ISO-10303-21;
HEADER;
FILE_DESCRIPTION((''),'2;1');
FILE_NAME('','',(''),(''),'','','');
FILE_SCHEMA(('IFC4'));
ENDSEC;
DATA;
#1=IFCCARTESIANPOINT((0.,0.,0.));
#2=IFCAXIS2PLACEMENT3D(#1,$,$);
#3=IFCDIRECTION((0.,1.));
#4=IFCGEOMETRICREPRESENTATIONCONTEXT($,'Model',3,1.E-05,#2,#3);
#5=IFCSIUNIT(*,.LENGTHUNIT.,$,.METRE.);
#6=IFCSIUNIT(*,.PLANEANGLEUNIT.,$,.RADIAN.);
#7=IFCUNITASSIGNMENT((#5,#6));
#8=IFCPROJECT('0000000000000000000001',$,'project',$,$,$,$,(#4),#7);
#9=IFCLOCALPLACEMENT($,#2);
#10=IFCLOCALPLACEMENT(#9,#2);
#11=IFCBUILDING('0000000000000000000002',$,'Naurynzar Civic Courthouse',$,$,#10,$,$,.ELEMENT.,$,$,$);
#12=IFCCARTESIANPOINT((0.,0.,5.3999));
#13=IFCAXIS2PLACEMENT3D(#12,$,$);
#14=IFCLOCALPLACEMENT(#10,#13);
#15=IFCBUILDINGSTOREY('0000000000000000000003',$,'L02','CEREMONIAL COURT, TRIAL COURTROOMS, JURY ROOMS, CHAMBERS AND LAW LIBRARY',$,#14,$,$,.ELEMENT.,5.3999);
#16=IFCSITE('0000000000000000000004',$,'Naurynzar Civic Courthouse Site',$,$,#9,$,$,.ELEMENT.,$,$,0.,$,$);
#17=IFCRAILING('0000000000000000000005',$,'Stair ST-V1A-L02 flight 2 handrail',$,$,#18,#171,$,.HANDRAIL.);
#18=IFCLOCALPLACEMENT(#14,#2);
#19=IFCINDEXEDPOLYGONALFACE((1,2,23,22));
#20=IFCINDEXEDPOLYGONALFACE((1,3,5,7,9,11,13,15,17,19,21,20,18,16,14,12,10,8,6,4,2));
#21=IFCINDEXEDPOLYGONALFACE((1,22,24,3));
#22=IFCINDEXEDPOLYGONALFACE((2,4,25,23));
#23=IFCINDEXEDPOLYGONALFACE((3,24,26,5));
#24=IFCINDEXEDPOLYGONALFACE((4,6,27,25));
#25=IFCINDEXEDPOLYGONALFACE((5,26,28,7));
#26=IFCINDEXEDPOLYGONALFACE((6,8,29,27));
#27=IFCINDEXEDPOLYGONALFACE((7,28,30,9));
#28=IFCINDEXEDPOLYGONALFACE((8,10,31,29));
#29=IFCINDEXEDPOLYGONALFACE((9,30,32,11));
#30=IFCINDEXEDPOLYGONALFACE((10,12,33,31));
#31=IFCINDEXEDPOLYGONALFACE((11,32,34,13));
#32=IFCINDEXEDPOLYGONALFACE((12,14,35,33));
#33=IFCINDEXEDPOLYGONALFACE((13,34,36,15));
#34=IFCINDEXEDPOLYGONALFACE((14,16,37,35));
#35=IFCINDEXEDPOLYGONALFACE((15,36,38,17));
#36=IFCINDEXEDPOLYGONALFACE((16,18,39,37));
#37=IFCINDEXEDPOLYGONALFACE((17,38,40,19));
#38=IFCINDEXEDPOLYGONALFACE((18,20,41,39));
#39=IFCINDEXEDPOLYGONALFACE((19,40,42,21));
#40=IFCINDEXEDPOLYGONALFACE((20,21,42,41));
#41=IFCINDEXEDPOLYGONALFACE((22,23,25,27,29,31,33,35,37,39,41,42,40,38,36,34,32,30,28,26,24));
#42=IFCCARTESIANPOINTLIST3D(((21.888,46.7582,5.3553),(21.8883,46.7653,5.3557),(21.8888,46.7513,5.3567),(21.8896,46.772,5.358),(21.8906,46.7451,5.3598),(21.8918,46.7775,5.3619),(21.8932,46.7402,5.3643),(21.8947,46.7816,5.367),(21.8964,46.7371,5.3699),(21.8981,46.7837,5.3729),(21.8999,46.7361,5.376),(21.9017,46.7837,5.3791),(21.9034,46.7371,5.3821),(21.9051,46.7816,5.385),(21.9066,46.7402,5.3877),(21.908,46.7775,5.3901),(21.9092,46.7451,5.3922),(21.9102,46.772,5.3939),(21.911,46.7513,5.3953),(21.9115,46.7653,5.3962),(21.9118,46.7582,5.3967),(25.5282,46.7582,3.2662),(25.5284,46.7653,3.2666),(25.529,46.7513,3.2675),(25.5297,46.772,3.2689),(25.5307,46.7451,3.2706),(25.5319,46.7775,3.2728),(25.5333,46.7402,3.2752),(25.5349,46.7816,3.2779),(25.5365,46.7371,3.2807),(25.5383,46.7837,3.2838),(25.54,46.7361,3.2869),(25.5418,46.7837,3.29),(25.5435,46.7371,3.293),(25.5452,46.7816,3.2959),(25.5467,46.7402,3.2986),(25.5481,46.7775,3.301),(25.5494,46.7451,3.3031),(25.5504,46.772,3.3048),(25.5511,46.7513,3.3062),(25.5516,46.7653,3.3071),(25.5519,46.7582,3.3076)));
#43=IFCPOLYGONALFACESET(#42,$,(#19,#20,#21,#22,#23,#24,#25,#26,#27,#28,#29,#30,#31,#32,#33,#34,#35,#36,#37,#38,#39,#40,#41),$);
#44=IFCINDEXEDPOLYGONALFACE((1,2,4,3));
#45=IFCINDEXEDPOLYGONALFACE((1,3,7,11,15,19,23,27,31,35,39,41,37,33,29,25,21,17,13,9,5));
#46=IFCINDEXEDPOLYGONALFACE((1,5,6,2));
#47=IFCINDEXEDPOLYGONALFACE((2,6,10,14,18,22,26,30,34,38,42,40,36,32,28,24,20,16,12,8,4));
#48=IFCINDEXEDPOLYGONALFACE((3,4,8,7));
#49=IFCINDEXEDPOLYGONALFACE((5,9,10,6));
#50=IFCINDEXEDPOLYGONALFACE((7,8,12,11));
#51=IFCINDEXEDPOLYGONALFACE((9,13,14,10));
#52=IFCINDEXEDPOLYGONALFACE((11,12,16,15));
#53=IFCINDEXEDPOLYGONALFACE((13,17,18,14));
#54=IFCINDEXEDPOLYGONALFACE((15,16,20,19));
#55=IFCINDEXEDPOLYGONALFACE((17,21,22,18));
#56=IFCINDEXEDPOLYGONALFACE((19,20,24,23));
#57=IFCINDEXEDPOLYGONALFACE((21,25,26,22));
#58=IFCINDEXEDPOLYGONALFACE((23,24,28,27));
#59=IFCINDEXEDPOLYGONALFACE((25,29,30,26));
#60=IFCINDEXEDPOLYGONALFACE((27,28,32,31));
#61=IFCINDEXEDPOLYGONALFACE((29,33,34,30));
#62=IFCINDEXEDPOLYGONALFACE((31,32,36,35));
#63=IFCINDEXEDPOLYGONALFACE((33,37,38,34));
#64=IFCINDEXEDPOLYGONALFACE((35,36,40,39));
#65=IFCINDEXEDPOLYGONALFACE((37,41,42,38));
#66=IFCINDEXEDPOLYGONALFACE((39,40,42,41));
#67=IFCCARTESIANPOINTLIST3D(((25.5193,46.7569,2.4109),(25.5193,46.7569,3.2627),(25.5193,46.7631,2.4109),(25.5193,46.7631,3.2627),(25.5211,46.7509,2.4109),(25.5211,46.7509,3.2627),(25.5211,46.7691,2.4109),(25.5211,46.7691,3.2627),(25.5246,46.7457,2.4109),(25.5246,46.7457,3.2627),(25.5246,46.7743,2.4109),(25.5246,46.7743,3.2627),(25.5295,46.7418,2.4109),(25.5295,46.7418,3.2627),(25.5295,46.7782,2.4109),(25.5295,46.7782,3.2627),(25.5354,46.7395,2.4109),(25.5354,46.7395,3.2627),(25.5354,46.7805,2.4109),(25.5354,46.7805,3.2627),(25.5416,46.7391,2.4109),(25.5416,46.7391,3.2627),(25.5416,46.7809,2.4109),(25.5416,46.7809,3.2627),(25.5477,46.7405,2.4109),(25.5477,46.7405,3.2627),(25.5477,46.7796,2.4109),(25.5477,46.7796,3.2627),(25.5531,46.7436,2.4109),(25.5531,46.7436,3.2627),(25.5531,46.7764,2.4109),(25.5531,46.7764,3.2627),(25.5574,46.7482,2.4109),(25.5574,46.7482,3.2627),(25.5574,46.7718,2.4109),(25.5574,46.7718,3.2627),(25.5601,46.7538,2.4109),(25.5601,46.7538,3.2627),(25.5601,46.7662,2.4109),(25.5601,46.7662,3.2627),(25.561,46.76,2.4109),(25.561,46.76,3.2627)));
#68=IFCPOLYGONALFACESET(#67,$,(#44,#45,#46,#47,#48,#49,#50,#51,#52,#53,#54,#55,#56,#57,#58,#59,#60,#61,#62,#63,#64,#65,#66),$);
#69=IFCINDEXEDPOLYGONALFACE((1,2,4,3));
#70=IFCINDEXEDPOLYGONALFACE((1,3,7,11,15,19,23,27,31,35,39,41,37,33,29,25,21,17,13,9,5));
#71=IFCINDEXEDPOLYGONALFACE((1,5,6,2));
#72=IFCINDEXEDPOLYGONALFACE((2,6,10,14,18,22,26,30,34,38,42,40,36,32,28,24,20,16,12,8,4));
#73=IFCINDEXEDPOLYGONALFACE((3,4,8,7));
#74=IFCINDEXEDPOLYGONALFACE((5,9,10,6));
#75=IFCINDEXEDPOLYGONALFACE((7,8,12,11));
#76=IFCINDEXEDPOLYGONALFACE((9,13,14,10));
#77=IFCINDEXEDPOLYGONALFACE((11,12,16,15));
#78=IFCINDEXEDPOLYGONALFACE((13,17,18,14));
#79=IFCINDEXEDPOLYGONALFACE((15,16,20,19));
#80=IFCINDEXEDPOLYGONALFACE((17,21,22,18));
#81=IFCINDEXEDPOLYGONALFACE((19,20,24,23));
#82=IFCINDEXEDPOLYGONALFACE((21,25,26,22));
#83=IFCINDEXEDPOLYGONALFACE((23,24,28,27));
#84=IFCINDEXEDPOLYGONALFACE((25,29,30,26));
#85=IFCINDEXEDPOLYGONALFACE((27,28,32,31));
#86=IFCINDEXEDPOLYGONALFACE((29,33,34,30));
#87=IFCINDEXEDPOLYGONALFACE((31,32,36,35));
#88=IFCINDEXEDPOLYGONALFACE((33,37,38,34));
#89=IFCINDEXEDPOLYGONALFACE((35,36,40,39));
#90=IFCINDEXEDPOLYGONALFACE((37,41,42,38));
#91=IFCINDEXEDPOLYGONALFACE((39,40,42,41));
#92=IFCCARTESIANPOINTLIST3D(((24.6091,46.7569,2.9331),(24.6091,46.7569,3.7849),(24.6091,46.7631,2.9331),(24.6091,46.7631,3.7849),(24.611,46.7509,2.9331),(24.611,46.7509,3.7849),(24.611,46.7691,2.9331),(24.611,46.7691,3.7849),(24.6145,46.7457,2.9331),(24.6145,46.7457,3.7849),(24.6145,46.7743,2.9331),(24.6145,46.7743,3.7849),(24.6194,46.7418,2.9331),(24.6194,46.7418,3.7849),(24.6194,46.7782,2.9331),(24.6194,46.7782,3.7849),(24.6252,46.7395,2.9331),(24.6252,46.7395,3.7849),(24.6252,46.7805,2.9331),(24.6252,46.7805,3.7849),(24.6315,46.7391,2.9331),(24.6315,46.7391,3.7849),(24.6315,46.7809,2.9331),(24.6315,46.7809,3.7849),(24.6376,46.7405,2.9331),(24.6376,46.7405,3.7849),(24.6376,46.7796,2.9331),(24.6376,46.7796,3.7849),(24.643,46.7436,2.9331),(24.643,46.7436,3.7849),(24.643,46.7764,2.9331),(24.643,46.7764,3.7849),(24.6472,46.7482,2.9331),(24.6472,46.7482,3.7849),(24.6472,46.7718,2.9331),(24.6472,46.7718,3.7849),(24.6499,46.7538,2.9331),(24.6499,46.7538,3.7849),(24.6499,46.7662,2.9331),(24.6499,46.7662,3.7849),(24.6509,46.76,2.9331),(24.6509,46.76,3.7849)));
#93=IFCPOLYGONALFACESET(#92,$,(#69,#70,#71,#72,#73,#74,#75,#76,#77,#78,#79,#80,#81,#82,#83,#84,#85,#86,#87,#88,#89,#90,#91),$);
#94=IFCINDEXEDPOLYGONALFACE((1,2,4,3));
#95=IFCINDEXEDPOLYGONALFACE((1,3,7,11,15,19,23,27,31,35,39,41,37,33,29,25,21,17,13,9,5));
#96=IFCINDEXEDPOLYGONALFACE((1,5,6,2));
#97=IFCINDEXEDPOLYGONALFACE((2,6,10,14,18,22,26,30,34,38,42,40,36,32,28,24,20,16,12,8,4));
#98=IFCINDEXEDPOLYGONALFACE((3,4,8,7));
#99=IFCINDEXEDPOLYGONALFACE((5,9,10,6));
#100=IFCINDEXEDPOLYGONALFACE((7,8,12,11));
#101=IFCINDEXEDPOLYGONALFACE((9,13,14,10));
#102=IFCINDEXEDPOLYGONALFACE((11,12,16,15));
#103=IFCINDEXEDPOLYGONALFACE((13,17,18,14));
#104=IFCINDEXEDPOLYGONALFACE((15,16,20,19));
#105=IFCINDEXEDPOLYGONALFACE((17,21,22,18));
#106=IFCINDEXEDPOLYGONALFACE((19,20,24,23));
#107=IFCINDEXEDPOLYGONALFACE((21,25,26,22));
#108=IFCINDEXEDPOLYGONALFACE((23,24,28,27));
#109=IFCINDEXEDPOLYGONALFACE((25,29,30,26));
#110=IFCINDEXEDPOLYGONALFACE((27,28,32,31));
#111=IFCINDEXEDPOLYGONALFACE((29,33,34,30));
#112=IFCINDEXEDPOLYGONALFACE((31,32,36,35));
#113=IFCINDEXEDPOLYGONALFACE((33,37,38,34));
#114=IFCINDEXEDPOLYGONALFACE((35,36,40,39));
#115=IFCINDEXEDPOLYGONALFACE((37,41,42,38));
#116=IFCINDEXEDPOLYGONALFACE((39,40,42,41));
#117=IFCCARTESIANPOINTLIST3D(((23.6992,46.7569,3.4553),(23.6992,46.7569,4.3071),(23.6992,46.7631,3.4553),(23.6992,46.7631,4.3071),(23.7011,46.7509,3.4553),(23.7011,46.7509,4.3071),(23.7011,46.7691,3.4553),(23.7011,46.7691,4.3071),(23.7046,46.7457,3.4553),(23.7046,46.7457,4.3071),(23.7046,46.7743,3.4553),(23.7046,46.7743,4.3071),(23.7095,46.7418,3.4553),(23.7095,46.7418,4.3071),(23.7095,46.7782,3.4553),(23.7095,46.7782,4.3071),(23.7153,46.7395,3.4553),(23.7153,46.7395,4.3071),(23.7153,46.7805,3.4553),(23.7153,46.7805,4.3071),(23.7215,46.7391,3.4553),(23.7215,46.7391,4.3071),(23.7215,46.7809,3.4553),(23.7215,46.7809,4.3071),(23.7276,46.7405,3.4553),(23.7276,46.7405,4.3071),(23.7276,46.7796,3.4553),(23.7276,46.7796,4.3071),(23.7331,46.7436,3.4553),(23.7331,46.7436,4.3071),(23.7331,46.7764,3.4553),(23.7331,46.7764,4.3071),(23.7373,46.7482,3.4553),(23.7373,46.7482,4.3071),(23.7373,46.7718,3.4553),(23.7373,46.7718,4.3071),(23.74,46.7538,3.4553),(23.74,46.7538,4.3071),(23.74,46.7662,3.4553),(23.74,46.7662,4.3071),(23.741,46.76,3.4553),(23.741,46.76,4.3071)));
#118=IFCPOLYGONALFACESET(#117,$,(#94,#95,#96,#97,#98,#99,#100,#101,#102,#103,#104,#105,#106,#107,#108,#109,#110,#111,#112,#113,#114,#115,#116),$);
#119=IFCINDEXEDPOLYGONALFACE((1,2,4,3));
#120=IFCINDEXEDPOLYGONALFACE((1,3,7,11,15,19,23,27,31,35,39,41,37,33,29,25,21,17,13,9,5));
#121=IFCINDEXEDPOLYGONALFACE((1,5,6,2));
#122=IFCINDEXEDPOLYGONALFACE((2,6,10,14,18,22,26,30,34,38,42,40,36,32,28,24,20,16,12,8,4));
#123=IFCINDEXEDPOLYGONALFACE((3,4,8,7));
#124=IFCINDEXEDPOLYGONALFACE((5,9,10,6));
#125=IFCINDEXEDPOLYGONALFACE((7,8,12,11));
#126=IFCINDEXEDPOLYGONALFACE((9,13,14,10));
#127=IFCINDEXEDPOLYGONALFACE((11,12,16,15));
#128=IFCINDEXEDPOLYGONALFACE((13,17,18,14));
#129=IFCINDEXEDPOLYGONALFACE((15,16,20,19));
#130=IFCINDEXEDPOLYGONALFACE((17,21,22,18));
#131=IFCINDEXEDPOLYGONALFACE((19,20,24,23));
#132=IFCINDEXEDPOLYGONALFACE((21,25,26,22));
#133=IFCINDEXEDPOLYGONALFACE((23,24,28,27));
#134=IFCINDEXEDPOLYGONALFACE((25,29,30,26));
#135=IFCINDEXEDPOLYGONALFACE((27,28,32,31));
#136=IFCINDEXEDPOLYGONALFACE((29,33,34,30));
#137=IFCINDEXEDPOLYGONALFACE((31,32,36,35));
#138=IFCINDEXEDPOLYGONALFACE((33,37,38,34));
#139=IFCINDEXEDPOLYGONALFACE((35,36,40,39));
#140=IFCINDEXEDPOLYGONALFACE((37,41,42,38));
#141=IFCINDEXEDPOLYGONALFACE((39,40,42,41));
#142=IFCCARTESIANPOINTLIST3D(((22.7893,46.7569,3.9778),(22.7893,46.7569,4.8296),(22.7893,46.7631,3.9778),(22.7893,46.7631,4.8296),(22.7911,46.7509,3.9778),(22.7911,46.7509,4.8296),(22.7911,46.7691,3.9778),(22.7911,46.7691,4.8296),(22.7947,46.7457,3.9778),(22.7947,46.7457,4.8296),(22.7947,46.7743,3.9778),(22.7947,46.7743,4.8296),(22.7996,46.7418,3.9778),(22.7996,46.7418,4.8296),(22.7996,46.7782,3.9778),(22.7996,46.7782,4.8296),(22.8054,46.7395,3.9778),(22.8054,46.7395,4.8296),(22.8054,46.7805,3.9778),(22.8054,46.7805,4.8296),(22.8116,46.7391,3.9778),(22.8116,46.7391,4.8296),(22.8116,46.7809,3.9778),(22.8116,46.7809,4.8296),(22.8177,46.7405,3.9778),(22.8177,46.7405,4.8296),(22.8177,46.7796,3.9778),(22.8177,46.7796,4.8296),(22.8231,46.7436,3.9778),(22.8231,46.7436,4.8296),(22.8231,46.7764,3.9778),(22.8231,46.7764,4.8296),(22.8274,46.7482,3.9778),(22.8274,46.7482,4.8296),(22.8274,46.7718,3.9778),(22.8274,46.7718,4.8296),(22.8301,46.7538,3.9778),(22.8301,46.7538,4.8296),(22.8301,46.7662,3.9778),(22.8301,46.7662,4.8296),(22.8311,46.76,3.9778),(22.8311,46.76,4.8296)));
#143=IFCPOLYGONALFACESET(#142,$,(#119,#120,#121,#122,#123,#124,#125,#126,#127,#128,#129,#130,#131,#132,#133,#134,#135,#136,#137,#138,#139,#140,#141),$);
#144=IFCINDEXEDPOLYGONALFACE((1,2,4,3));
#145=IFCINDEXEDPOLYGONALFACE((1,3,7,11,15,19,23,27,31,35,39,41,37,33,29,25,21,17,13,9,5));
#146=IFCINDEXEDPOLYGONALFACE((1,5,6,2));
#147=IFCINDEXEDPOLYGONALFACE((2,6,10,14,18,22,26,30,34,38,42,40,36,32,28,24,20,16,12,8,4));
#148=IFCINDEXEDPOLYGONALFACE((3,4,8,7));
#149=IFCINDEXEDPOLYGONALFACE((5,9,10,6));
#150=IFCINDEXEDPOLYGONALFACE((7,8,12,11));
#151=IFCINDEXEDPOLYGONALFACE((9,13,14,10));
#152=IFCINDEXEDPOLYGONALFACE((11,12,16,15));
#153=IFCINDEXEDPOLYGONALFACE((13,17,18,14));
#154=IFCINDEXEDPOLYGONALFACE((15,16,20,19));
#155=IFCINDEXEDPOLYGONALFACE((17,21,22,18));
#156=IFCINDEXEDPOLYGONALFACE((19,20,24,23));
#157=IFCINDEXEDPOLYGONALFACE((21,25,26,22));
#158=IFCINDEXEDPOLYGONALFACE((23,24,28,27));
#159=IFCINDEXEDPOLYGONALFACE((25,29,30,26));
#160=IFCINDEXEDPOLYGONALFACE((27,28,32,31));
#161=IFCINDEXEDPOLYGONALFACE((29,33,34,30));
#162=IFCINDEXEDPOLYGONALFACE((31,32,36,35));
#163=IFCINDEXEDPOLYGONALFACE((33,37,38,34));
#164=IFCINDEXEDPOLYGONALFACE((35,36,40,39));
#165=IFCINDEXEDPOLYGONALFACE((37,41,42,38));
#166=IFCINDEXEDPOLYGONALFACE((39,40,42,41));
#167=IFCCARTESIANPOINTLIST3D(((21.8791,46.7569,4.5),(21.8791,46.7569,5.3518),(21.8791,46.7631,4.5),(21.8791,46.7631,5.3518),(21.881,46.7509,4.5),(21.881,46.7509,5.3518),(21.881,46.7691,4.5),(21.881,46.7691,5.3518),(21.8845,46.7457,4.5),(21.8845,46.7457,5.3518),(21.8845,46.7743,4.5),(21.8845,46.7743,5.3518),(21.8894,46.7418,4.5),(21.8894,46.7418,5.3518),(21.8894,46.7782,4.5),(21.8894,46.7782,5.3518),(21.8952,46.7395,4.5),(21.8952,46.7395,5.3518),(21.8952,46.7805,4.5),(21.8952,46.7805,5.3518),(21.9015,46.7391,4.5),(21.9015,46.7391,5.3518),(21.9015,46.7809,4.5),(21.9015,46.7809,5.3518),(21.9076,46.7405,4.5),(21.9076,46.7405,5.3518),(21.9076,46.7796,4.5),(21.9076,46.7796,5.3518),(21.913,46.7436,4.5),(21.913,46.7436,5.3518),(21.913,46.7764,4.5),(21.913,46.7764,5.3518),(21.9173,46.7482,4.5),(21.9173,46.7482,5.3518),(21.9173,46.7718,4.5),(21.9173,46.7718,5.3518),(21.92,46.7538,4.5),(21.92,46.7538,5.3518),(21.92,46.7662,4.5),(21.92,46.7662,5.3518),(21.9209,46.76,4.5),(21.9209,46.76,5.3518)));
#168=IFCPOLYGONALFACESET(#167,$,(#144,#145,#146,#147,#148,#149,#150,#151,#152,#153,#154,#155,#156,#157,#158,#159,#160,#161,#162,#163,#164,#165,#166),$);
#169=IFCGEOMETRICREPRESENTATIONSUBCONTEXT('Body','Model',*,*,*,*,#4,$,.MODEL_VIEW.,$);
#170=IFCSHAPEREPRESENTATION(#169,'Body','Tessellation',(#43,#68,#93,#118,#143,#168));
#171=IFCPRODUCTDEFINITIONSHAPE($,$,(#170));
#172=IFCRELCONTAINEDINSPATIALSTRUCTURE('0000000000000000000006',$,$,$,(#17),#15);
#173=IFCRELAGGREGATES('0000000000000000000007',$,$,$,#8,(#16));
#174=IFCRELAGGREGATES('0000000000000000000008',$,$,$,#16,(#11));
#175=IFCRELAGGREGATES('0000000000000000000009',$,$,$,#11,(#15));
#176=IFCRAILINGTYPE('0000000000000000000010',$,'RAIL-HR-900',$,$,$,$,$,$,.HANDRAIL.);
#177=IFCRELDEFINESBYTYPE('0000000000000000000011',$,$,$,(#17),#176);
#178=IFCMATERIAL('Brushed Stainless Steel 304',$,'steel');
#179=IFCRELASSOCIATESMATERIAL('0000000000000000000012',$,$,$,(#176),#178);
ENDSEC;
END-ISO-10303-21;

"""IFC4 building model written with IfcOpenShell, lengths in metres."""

from ifc_helpers import new_model, si_unit, direction, frame, origin, origin_2d, place, context, subcontext, project, spatial, circle, extrude, material, type_object, element, save


model = new_model("IFC4")

# Units and contexts
model_context = context("Model", 3, precision=1e-05, world=origin(), true_north=direction((0.0, 1.0)))
body_context = subcontext(model_context, "Body", "Model", "MODEL_VIEW")
ifc_project = project(units=[si_unit("LENGTHUNIT", "METRE"), si_unit("PLANEANGLEUNIT", "RADIAN")], contexts=[model_context])

# Site, building, storey
site_placement = place(None, origin())
site = spatial("IfcSite", under=ifc_project, at=site_placement, Name="Naurynzar Civic Courthouse Site", CompositionType="ELEMENT", RefElevation=0.0)
building_placement = place(site_placement, origin())
building = spatial("IfcBuilding", under=site, at=building_placement, Name="Naurynzar Civic Courthouse", CompositionType="ELEMENT")
storey_placement = place(building_placement, frame((0.0, 0.0, 5.3999)))
storey = spatial("IfcBuildingStorey", under=building, at=storey_placement, Name="L02", Description="CEREMONIAL COURT, TRIAL COURTROOMS, JURY ROOMS, CHAMBERS AND LAW LIBRARY", CompositionType="ELEMENT", Elevation=5.3999)

# Railing
ifc_material_1 = material(Name="Brushed Stainless Steel 304", Category="steel")
railing_type_1 = type_object("IfcRailingType", Name="RAIL-HR-900", PredefinedType="HANDRAIL", material=ifc_material_1)
railing_1_placement = place(storey_placement, frame((25.54, 46.76, 2.4109)))
element("IfcRailing", 1, at=railing_1_placement, inside=storey, type_object=railing_type_1, Name="Stair ST-V1A-L02 flight 2 handrail", PredefinedType="HANDRAIL", context=body_context, shape_type="SweptSolid", body=[
    extrude(circle(Radius=0.0239, at=origin_2d()), frame((0.0, 0.0, 0.876), z_axis=(-0.867314, 0.0, 0.497761), x_axis=(0.0, -1.0, 0.0)), (0.0, 0.0, 1.0), 4.197),
    extrude(circle(Radius=0.021, at=origin_2d()), origin(), (0.0, 0.0, 1.0), 0.8518),
    extrude(circle(Radius=0.021, at=origin_2d()), frame((-0.9102, 0.0, 0.5222)), (0.0, 0.0, 1.0), 0.8518),
    extrude(circle(Radius=0.021, at=origin_2d()), frame((-1.8201, 0.0, 1.0444)), (0.0, 0.0, 1.0), 0.8518),
    extrude(circle(Radius=0.021, at=origin_2d()), frame((-2.73, 0.0, 1.5669)), (0.0, 0.0, 1.0), 0.8518),
    extrude(circle(Radius=0.021, at=origin_2d()), frame((-3.6401, 0.0, 2.0891)), (0.0, 0.0, 1.0), 0.8518),
])

save(model, "model.ifc")
